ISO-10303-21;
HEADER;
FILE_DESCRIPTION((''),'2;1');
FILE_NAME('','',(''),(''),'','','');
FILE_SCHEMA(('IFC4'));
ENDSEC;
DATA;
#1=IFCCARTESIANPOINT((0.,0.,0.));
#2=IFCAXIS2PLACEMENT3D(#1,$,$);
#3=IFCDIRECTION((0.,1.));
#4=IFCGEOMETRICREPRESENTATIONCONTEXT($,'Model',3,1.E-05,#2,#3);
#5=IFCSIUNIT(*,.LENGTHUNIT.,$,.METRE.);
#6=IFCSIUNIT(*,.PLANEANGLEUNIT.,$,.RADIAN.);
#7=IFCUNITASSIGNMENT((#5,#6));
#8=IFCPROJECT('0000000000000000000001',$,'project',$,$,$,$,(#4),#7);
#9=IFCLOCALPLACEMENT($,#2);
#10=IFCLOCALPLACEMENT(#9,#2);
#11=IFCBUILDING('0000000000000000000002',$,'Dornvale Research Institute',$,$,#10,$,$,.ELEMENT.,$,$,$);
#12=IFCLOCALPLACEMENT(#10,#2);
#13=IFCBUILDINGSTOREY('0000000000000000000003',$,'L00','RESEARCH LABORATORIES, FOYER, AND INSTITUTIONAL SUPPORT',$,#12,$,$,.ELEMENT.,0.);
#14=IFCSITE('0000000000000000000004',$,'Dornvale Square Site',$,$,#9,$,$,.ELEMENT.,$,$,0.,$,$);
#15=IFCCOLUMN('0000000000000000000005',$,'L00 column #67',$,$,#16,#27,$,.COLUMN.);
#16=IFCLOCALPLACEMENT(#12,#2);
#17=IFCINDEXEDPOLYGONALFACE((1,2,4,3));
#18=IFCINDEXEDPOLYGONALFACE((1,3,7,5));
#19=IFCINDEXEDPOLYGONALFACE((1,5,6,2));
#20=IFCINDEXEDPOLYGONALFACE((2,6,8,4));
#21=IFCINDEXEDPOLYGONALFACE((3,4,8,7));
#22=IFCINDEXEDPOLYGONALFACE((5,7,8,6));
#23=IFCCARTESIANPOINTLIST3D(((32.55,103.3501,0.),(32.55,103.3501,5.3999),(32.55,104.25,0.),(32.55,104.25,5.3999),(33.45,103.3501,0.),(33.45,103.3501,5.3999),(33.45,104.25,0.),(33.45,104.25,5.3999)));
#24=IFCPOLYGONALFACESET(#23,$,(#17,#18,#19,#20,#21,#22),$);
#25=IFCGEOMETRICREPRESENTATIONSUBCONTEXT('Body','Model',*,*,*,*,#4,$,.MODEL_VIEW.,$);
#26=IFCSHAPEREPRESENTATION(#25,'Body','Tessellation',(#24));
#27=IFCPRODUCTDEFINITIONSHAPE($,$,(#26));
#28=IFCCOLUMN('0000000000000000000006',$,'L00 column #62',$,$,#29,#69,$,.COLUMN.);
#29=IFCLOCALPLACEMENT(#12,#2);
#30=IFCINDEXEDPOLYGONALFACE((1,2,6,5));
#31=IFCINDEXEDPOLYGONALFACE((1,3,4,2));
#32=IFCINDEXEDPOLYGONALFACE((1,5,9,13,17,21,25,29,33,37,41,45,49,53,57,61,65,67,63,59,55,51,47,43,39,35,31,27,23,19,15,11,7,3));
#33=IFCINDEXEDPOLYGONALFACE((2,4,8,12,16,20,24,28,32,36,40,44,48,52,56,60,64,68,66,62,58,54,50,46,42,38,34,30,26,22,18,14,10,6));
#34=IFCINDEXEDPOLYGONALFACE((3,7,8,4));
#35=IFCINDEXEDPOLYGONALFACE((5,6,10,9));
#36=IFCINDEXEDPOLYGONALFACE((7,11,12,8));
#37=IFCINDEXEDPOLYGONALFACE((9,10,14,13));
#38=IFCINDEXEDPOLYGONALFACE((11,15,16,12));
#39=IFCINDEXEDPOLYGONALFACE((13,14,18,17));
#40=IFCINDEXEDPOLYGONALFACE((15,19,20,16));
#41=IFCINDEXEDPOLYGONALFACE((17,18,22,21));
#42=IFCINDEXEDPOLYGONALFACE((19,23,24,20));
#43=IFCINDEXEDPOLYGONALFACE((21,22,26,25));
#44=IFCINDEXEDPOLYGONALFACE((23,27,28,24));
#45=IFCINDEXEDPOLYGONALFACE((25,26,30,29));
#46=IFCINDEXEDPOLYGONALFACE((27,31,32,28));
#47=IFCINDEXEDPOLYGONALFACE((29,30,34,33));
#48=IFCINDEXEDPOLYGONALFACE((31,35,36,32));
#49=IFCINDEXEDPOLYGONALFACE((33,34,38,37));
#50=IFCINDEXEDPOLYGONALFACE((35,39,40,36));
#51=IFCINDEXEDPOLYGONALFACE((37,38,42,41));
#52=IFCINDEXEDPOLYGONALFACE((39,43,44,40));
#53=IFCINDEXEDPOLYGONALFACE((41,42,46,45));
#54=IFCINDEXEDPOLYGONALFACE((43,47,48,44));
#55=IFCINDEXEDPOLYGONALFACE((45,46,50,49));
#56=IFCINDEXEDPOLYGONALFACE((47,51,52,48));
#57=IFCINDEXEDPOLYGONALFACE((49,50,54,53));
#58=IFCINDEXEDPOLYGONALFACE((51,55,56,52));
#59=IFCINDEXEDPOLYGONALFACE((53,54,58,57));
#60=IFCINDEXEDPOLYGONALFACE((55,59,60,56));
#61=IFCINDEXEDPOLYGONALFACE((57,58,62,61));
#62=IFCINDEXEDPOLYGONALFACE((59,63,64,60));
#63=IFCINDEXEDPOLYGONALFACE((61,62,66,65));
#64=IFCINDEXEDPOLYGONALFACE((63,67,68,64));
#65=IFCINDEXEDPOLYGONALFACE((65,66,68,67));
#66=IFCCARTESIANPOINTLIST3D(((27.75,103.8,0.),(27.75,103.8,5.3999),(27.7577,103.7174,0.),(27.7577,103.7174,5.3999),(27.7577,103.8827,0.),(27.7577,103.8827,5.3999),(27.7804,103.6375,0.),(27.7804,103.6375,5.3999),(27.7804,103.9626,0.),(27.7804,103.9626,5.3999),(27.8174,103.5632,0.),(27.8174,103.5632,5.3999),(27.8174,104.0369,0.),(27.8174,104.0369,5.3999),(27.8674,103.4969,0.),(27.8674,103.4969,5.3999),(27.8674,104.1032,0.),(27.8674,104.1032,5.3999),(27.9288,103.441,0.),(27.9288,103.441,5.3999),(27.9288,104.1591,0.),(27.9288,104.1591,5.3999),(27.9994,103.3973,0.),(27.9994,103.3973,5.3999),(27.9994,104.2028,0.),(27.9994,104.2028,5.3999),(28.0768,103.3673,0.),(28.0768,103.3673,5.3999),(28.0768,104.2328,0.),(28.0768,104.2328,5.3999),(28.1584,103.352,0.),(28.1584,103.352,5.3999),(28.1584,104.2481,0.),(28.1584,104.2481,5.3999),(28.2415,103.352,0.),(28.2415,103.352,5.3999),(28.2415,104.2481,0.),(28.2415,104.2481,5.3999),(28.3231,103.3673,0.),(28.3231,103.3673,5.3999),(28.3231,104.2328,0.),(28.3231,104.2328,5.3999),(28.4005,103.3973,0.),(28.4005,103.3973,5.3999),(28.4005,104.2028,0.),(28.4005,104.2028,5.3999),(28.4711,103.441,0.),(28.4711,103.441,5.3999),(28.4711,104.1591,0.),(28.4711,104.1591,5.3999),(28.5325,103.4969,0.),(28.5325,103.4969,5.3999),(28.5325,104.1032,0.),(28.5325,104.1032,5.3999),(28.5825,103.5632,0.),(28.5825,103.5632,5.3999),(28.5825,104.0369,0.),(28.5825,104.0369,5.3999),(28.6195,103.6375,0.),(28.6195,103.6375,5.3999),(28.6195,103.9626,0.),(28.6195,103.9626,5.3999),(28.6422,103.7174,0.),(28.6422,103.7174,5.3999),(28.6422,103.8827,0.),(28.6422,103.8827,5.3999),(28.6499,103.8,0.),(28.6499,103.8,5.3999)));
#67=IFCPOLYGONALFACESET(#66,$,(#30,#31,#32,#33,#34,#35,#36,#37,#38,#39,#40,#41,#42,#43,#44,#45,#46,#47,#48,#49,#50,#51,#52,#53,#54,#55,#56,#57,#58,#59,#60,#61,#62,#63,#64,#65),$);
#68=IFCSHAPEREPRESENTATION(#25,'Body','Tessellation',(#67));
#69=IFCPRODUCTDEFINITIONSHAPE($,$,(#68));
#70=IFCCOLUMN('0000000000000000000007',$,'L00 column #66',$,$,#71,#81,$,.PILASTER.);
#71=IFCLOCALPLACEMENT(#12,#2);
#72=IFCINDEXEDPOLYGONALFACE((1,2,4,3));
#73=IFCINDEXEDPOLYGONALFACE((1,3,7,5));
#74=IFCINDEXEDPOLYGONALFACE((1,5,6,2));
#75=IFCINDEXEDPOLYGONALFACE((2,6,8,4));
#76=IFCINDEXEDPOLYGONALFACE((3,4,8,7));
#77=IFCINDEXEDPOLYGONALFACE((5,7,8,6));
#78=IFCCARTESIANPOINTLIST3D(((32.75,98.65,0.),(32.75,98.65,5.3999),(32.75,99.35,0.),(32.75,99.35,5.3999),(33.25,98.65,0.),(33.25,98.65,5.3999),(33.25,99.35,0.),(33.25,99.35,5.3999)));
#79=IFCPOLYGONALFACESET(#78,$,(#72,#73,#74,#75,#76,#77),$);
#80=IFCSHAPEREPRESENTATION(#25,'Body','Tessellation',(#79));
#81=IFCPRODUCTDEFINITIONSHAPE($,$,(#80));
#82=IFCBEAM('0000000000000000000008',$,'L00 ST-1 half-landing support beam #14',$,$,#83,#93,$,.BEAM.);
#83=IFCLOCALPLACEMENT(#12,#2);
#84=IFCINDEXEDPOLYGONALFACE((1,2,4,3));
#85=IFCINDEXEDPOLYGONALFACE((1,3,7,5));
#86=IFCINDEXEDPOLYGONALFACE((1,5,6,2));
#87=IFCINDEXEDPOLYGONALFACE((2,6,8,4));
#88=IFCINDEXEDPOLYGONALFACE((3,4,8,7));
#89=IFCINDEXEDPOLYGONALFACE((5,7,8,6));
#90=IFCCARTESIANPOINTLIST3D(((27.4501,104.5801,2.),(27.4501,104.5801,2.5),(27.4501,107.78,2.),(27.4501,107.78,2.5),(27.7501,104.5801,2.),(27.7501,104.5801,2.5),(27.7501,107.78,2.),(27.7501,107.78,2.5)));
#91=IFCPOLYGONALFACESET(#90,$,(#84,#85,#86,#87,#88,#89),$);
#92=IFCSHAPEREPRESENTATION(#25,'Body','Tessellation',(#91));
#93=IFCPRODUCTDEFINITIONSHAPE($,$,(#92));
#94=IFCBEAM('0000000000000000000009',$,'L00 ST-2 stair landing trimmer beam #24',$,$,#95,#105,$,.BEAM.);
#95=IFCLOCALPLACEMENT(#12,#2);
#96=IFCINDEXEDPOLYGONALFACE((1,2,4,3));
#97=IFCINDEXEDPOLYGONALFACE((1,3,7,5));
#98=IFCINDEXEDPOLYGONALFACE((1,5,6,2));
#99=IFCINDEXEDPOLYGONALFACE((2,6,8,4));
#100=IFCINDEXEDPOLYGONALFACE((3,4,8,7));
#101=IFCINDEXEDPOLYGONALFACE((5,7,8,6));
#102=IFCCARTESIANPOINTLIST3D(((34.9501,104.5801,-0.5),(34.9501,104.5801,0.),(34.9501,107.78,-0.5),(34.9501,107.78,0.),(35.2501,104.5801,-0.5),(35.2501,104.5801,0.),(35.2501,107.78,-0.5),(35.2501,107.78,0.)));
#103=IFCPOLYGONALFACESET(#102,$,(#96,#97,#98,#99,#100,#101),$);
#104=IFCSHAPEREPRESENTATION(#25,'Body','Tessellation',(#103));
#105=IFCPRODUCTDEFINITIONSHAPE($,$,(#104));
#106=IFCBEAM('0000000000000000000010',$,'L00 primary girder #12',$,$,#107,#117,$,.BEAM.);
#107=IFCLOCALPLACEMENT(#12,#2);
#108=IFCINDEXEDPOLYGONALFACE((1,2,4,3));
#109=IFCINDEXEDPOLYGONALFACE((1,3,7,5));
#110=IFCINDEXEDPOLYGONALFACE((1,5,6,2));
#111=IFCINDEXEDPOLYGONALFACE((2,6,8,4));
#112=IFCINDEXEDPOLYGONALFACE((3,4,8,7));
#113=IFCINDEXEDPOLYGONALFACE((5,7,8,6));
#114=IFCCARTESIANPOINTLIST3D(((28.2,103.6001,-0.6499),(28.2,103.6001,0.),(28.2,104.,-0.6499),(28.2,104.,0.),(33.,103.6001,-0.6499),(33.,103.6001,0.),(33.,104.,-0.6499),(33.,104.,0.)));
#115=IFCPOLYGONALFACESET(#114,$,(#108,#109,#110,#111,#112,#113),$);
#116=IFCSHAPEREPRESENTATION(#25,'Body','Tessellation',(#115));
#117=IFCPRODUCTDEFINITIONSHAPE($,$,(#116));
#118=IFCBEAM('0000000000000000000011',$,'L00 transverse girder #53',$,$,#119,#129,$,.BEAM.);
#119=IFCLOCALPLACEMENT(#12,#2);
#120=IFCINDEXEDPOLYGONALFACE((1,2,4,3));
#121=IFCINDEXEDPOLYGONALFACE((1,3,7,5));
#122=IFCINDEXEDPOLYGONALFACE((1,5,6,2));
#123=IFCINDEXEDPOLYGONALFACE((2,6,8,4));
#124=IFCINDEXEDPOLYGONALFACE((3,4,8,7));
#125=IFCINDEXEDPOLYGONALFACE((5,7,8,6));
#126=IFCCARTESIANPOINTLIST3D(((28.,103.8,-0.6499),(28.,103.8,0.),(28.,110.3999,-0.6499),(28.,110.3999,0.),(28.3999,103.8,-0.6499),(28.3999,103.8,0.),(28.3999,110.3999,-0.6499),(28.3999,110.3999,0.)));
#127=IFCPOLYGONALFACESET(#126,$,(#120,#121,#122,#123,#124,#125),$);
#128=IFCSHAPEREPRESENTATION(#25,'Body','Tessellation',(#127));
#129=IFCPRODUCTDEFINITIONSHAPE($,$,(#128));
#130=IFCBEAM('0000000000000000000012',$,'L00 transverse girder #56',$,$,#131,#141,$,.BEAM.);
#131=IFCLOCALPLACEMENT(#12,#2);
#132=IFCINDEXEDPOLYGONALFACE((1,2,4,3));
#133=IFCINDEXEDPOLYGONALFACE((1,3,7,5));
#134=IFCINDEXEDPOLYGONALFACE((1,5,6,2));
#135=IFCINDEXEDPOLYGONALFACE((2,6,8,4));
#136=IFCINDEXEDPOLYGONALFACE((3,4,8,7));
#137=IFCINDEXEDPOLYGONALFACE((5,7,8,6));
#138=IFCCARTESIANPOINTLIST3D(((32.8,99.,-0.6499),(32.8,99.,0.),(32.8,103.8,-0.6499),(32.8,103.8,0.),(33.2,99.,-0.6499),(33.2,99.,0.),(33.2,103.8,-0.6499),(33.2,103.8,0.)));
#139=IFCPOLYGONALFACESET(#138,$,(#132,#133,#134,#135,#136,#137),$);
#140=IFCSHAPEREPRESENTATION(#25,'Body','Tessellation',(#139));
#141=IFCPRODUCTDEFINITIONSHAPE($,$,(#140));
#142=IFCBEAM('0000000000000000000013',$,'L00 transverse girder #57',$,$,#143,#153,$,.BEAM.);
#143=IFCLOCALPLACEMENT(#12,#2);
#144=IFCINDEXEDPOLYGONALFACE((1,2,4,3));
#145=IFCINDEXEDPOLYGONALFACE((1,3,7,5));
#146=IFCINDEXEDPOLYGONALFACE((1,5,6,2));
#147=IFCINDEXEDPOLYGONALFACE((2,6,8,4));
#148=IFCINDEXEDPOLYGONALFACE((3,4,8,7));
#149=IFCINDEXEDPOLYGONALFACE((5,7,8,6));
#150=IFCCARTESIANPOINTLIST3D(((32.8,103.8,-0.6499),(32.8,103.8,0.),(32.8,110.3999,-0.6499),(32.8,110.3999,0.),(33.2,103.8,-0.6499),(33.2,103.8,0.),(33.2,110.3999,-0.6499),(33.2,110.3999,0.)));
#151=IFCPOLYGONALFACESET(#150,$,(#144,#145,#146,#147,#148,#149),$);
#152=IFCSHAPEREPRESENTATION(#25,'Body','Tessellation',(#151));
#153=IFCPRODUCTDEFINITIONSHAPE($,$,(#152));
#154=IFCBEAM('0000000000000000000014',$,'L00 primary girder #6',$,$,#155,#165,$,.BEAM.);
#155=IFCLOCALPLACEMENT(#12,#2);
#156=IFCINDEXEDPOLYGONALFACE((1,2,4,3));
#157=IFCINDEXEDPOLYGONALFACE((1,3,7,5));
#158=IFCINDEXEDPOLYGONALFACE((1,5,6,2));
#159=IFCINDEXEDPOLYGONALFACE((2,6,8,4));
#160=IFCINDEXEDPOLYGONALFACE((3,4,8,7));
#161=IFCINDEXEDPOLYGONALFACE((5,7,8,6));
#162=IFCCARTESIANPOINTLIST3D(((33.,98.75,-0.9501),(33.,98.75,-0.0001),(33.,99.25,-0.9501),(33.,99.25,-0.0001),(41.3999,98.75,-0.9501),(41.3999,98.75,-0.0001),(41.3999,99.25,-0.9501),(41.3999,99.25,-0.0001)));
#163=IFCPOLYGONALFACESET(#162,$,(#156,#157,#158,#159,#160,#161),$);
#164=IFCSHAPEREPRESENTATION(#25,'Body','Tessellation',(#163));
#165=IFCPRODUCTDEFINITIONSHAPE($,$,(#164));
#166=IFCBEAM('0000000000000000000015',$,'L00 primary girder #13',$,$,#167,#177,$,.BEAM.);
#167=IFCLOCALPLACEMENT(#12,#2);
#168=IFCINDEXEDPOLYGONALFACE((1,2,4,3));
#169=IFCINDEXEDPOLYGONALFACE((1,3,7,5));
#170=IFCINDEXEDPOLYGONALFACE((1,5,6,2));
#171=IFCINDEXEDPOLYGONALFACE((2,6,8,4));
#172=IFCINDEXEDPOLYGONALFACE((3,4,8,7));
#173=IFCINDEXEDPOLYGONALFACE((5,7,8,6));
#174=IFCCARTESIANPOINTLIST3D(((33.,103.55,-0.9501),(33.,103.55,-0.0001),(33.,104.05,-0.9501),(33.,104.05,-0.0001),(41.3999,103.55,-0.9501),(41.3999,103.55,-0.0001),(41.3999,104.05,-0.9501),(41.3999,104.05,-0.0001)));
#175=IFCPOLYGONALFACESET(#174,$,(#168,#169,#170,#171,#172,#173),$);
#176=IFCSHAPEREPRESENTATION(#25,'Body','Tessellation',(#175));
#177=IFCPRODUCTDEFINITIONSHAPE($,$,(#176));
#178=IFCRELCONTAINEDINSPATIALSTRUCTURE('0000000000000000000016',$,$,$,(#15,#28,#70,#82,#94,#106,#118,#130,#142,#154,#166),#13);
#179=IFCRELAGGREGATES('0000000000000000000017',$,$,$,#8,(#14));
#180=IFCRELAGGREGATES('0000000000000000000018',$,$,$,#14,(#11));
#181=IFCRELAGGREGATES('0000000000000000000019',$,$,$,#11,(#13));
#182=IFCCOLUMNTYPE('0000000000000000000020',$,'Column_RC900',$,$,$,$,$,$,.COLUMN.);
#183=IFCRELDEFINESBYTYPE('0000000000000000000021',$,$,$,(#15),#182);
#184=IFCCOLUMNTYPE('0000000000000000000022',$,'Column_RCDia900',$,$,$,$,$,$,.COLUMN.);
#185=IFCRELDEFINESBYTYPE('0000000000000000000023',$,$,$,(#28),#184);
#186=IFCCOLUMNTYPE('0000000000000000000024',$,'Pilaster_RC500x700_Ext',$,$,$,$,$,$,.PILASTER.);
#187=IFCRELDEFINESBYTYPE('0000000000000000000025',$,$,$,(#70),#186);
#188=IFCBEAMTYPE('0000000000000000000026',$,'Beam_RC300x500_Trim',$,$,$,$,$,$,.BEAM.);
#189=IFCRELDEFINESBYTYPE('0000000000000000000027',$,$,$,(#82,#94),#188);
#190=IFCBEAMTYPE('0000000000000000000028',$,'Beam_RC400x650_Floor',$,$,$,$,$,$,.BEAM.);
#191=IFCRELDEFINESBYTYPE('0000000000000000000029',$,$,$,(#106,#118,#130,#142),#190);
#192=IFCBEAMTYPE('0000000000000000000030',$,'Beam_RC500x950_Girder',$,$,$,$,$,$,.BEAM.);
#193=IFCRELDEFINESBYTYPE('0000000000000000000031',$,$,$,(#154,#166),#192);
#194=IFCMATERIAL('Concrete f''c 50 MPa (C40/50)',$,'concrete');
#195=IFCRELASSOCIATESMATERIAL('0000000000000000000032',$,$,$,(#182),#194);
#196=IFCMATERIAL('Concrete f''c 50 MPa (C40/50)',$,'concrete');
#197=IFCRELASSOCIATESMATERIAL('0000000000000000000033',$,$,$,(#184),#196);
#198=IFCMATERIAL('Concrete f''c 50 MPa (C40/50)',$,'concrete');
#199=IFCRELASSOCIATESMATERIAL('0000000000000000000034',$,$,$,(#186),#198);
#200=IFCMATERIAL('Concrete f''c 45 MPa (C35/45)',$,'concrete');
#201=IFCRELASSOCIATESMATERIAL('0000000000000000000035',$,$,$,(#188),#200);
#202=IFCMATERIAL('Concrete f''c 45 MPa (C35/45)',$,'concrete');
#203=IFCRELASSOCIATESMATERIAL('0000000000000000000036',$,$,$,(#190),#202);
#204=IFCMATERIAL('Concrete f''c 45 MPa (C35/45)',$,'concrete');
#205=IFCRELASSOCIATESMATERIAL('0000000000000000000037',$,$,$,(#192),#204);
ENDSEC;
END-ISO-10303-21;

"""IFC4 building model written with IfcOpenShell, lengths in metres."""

from ifc_helpers import new_model, si_unit, direction, frame, origin, origin_2d, place, context, subcontext, project, spatial, rectangle, circle, extrude, material, material_profile, profile_set, type_object, element, save


model = new_model("IFC4")

# Units and contexts
model_context = context("Model", 3, precision=1e-05, world=origin(), true_north=direction((0.0, 1.0)))
body_context = subcontext(model_context, "Body", "Model", "MODEL_VIEW")
ifc_project = project(units=[si_unit("LENGTHUNIT", "METRE"), si_unit("PLANEANGLEUNIT", "RADIAN")], contexts=[model_context])

# Site, building, storey
site_placement = place(None, origin())
site = spatial("IfcSite", under=ifc_project, at=site_placement, Name="Dornvale Square Site", CompositionType="ELEMENT", RefElevation=0.0)
building_placement = place(site_placement, origin())
building = spatial("IfcBuilding", under=site, at=building_placement, Name="Dornvale Research Institute", CompositionType="ELEMENT")
storey_placement = place(building_placement, origin())
storey = spatial("IfcBuildingStorey", under=building, at=storey_placement, Name="L00", Description="RESEARCH LABORATORIES, FOYER, AND INSTITUTIONAL SUPPORT", CompositionType="ELEMENT", Elevation=0.0)

# Columns
ifc_material_1 = material(Name="Concrete f'c 50 MPa (C40/50)", Category="concrete")
ifc_material_profile_1 = material_profile(ifc_material_1, rectangle(XDim=0.8999, YDim=0.8999, at=origin_2d()), Name="RC 900x900")
ifc_profile_set_1 = profile_set([ifc_material_profile_1], Name="Concrete f'c 50 MPa (C40/50)")
column_type_1 = type_object("IfcColumnType", Name="Column_RC900", PredefinedType="COLUMN", material=ifc_profile_set_1)
column_1_placement = place(storey_placement, frame((33.0, 103.8, 0.0), z_axis=(0.0, 0.0, 1.0), x_axis=(1.0, 0.0, 0.0)))
element("IfcColumn", 1, at=column_1_placement, inside=storey, type_object=column_type_1, Name="L00 column #67", PredefinedType="COLUMN", context=body_context, shape_type="SweptSolid", body=[
    extrude(rectangle(XDim=0.8999, YDim=0.8999, at=origin_2d()), origin(), (0.0, 0.0, 1.0), 5.3999),
])
ifc_material_2 = material(Name="Concrete f'c 50 MPa (C40/50)", Category="concrete")
ifc_material_profile_2 = material_profile(ifc_material_2, circle(Radius=0.45, at=origin_2d()), Name="RC DIA 900")
ifc_profile_set_2 = profile_set([ifc_material_profile_2], Name="Concrete f'c 50 MPa (C40/50)")
column_type_2 = type_object("IfcColumnType", Name="Column_RCDia900", PredefinedType="COLUMN", material=ifc_profile_set_2)
column_2_placement = place(storey_placement, frame((28.2, 103.8, 0.0), z_axis=(0.0, 0.0, 1.0), x_axis=(1.0, 0.0, 0.0)))
element("IfcColumn", 2, at=column_2_placement, inside=storey, type_object=column_type_2, Name="L00 column #62", PredefinedType="COLUMN", context=body_context, shape_type="SweptSolid", body=[
    extrude(circle(Radius=0.45, at=origin_2d()), origin(), (0.0, 0.0, 1.0), 5.3999),
])
ifc_material_3 = material(Name="Concrete f'c 50 MPa (C40/50)", Category="concrete")
ifc_material_profile_3 = material_profile(ifc_material_3, rectangle(XDim=0.5, YDim=0.7, at=origin_2d()), Name="RC 500x700")
ifc_profile_set_3 = profile_set([ifc_material_profile_3], Name="Concrete f'c 50 MPa (C40/50)")
column_type_3 = type_object("IfcColumnType", Name="Pilaster_RC500x700_Ext", PredefinedType="PILASTER", material=ifc_profile_set_3)
column_3_placement = place(storey_placement, frame((33.0, 99.0, 0.0), z_axis=(0.0, 0.0, 1.0), x_axis=(1.0, 0.0, 0.0)))
element("IfcColumn", 3, at=column_3_placement, inside=storey, type_object=column_type_3, Name="L00 column #66", PredefinedType="PILASTER", context=body_context, shape_type="SweptSolid", body=[
    extrude(rectangle(XDim=0.5, YDim=0.7, at=origin_2d()), origin(), (0.0, 0.0, 1.0), 5.3999),
])

# Beams
ifc_material_4 = material(Name="Concrete f'c 45 MPa (C35/45)", Category="concrete")
ifc_material_profile_4 = material_profile(ifc_material_4, rectangle(XDim=0.3, YDim=0.5, at=origin_2d()), Name="RC 300x500")
ifc_profile_set_4 = profile_set([ifc_material_profile_4], Name="Concrete f'c 45 MPa (C35/45)")
beam_type_1 = type_object("IfcBeamType", Name="Beam_RC300x500_Trim", PredefinedType="BEAM", material=ifc_profile_set_4)
for number, where, z_axis, x_axis, name in (
    (4, (27.6001, 104.5801, 2.25), (0.0, 1.0, 0.0), (-1.0, 0.0, 0.0), "L00 ST-1 half-landing support beam #14"),
    (5, (35.1001, 104.5801, -0.25), (0.0, 1.0, 0.0), (-1.0, 0.0, 0.0), "L00 ST-2 stair landing trimmer beam #24"),
):
    element("IfcBeam", number, at=place(storey_placement, frame(where, z_axis=z_axis, x_axis=x_axis)), inside=storey, type_object=beam_type_1, Name=name, PredefinedType="BEAM", context=body_context, shape_type="SweptSolid", body=[
        extrude(rectangle(XDim=0.3, YDim=0.5, at=origin_2d()), origin(), (0.0, 0.0, 1.0), 3.2),
    ])
ifc_material_5 = material(Name="Concrete f'c 45 MPa (C35/45)", Category="concrete")
ifc_material_profile_5 = material_profile(ifc_material_5, rectangle(XDim=0.3999, YDim=0.6499, at=origin_2d()), Name="RC 400x650")
ifc_profile_set_5 = profile_set([ifc_material_profile_5], Name="Concrete f'c 45 MPa (C35/45)")
beam_type_2 = type_object("IfcBeamType", Name="Beam_RC400x650_Floor", PredefinedType="BEAM", material=ifc_profile_set_5)
beam_1_placement = place(storey_placement, frame((28.2, 103.8, -0.325), z_axis=(1.0, 0.0, 0.0), x_axis=(0.0, 1.0, 0.0)))
element("IfcBeam", 6, at=beam_1_placement, inside=storey, type_object=beam_type_2, Name="L00 primary girder #12", PredefinedType="BEAM", context=body_context, shape_type="SweptSolid", body=[
    extrude(rectangle(XDim=0.3999, YDim=0.6499, at=origin_2d()), origin(), (0.0, 0.0, 1.0), 4.8),
])
beam_2_placement = place(storey_placement, frame((28.2, 103.8, -0.325), z_axis=(0.0, 1.0, 0.0), x_axis=(-1.0, 0.0, 0.0)))
element("IfcBeam", 7, at=beam_2_placement, inside=storey, type_object=beam_type_2, Name="L00 transverse girder #53", PredefinedType="BEAM", context=body_context, shape_type="SweptSolid", body=[
    extrude(rectangle(XDim=0.3999, YDim=0.6499, at=origin_2d()), origin(), (0.0, 0.0, 1.0), 6.5999),
])
beam_3_placement = place(storey_placement, frame((33.0, 99.0, -0.325), z_axis=(0.0, 1.0, 0.0), x_axis=(-1.0, 0.0, 0.0)))
element("IfcBeam", 8, at=beam_3_placement, inside=storey, type_object=beam_type_2, Name="L00 transverse girder #56", PredefinedType="BEAM", context=body_context, shape_type="SweptSolid", body=[
    extrude(rectangle(XDim=0.3999, YDim=0.6499, at=origin_2d()), origin(), (0.0, 0.0, 1.0), 4.8),
])
beam_4_placement = place(storey_placement, frame((33.0, 103.8, -0.325), z_axis=(0.0, 1.0, 0.0), x_axis=(-1.0, 0.0, 0.0)))
element("IfcBeam", 9, at=beam_4_placement, inside=storey, type_object=beam_type_2, Name="L00 transverse girder #57", PredefinedType="BEAM", context=body_context, shape_type="SweptSolid", body=[
    extrude(rectangle(XDim=0.3999, YDim=0.6499, at=origin_2d()), origin(), (0.0, 0.0, 1.0), 6.5999),
])
ifc_material_6 = material(Name="Concrete f'c 45 MPa (C35/45)", Category="concrete")
ifc_material_profile_6 = material_profile(ifc_material_6, rectangle(XDim=0.5, YDim=0.95, at=origin_2d()), Name="RC 500x950")
ifc_profile_set_6 = profile_set([ifc_material_profile_6], Name="Concrete f'c 45 MPa (C35/45)")
beam_type_3 = type_object("IfcBeamType", Name="Beam_RC500x950_Girder", PredefinedType="BEAM", material=ifc_profile_set_6)
for number, where, z_axis, x_axis, name in (
    (10, (33.0, 99.0, -0.4751), (1.0, 0.0, 0.0), (0.0, 1.0, 0.0), "L00 primary girder #6"),
    (11, (33.0, 103.8, -0.4751), (1.0, 0.0, 0.0), (0.0, 1.0, 0.0), "L00 primary girder #13"),
):
    element("IfcBeam", number, at=place(storey_placement, frame(where, z_axis=z_axis, x_axis=x_axis)), inside=storey, type_object=beam_type_3, Name=name, PredefinedType="BEAM", context=body_context, shape_type="SweptSolid", body=[
        extrude(rectangle(XDim=0.5, YDim=0.95, at=origin_2d()), origin(), (0.0, 0.0, 1.0), 8.3999),
    ])

save(model, "model.ifc")
